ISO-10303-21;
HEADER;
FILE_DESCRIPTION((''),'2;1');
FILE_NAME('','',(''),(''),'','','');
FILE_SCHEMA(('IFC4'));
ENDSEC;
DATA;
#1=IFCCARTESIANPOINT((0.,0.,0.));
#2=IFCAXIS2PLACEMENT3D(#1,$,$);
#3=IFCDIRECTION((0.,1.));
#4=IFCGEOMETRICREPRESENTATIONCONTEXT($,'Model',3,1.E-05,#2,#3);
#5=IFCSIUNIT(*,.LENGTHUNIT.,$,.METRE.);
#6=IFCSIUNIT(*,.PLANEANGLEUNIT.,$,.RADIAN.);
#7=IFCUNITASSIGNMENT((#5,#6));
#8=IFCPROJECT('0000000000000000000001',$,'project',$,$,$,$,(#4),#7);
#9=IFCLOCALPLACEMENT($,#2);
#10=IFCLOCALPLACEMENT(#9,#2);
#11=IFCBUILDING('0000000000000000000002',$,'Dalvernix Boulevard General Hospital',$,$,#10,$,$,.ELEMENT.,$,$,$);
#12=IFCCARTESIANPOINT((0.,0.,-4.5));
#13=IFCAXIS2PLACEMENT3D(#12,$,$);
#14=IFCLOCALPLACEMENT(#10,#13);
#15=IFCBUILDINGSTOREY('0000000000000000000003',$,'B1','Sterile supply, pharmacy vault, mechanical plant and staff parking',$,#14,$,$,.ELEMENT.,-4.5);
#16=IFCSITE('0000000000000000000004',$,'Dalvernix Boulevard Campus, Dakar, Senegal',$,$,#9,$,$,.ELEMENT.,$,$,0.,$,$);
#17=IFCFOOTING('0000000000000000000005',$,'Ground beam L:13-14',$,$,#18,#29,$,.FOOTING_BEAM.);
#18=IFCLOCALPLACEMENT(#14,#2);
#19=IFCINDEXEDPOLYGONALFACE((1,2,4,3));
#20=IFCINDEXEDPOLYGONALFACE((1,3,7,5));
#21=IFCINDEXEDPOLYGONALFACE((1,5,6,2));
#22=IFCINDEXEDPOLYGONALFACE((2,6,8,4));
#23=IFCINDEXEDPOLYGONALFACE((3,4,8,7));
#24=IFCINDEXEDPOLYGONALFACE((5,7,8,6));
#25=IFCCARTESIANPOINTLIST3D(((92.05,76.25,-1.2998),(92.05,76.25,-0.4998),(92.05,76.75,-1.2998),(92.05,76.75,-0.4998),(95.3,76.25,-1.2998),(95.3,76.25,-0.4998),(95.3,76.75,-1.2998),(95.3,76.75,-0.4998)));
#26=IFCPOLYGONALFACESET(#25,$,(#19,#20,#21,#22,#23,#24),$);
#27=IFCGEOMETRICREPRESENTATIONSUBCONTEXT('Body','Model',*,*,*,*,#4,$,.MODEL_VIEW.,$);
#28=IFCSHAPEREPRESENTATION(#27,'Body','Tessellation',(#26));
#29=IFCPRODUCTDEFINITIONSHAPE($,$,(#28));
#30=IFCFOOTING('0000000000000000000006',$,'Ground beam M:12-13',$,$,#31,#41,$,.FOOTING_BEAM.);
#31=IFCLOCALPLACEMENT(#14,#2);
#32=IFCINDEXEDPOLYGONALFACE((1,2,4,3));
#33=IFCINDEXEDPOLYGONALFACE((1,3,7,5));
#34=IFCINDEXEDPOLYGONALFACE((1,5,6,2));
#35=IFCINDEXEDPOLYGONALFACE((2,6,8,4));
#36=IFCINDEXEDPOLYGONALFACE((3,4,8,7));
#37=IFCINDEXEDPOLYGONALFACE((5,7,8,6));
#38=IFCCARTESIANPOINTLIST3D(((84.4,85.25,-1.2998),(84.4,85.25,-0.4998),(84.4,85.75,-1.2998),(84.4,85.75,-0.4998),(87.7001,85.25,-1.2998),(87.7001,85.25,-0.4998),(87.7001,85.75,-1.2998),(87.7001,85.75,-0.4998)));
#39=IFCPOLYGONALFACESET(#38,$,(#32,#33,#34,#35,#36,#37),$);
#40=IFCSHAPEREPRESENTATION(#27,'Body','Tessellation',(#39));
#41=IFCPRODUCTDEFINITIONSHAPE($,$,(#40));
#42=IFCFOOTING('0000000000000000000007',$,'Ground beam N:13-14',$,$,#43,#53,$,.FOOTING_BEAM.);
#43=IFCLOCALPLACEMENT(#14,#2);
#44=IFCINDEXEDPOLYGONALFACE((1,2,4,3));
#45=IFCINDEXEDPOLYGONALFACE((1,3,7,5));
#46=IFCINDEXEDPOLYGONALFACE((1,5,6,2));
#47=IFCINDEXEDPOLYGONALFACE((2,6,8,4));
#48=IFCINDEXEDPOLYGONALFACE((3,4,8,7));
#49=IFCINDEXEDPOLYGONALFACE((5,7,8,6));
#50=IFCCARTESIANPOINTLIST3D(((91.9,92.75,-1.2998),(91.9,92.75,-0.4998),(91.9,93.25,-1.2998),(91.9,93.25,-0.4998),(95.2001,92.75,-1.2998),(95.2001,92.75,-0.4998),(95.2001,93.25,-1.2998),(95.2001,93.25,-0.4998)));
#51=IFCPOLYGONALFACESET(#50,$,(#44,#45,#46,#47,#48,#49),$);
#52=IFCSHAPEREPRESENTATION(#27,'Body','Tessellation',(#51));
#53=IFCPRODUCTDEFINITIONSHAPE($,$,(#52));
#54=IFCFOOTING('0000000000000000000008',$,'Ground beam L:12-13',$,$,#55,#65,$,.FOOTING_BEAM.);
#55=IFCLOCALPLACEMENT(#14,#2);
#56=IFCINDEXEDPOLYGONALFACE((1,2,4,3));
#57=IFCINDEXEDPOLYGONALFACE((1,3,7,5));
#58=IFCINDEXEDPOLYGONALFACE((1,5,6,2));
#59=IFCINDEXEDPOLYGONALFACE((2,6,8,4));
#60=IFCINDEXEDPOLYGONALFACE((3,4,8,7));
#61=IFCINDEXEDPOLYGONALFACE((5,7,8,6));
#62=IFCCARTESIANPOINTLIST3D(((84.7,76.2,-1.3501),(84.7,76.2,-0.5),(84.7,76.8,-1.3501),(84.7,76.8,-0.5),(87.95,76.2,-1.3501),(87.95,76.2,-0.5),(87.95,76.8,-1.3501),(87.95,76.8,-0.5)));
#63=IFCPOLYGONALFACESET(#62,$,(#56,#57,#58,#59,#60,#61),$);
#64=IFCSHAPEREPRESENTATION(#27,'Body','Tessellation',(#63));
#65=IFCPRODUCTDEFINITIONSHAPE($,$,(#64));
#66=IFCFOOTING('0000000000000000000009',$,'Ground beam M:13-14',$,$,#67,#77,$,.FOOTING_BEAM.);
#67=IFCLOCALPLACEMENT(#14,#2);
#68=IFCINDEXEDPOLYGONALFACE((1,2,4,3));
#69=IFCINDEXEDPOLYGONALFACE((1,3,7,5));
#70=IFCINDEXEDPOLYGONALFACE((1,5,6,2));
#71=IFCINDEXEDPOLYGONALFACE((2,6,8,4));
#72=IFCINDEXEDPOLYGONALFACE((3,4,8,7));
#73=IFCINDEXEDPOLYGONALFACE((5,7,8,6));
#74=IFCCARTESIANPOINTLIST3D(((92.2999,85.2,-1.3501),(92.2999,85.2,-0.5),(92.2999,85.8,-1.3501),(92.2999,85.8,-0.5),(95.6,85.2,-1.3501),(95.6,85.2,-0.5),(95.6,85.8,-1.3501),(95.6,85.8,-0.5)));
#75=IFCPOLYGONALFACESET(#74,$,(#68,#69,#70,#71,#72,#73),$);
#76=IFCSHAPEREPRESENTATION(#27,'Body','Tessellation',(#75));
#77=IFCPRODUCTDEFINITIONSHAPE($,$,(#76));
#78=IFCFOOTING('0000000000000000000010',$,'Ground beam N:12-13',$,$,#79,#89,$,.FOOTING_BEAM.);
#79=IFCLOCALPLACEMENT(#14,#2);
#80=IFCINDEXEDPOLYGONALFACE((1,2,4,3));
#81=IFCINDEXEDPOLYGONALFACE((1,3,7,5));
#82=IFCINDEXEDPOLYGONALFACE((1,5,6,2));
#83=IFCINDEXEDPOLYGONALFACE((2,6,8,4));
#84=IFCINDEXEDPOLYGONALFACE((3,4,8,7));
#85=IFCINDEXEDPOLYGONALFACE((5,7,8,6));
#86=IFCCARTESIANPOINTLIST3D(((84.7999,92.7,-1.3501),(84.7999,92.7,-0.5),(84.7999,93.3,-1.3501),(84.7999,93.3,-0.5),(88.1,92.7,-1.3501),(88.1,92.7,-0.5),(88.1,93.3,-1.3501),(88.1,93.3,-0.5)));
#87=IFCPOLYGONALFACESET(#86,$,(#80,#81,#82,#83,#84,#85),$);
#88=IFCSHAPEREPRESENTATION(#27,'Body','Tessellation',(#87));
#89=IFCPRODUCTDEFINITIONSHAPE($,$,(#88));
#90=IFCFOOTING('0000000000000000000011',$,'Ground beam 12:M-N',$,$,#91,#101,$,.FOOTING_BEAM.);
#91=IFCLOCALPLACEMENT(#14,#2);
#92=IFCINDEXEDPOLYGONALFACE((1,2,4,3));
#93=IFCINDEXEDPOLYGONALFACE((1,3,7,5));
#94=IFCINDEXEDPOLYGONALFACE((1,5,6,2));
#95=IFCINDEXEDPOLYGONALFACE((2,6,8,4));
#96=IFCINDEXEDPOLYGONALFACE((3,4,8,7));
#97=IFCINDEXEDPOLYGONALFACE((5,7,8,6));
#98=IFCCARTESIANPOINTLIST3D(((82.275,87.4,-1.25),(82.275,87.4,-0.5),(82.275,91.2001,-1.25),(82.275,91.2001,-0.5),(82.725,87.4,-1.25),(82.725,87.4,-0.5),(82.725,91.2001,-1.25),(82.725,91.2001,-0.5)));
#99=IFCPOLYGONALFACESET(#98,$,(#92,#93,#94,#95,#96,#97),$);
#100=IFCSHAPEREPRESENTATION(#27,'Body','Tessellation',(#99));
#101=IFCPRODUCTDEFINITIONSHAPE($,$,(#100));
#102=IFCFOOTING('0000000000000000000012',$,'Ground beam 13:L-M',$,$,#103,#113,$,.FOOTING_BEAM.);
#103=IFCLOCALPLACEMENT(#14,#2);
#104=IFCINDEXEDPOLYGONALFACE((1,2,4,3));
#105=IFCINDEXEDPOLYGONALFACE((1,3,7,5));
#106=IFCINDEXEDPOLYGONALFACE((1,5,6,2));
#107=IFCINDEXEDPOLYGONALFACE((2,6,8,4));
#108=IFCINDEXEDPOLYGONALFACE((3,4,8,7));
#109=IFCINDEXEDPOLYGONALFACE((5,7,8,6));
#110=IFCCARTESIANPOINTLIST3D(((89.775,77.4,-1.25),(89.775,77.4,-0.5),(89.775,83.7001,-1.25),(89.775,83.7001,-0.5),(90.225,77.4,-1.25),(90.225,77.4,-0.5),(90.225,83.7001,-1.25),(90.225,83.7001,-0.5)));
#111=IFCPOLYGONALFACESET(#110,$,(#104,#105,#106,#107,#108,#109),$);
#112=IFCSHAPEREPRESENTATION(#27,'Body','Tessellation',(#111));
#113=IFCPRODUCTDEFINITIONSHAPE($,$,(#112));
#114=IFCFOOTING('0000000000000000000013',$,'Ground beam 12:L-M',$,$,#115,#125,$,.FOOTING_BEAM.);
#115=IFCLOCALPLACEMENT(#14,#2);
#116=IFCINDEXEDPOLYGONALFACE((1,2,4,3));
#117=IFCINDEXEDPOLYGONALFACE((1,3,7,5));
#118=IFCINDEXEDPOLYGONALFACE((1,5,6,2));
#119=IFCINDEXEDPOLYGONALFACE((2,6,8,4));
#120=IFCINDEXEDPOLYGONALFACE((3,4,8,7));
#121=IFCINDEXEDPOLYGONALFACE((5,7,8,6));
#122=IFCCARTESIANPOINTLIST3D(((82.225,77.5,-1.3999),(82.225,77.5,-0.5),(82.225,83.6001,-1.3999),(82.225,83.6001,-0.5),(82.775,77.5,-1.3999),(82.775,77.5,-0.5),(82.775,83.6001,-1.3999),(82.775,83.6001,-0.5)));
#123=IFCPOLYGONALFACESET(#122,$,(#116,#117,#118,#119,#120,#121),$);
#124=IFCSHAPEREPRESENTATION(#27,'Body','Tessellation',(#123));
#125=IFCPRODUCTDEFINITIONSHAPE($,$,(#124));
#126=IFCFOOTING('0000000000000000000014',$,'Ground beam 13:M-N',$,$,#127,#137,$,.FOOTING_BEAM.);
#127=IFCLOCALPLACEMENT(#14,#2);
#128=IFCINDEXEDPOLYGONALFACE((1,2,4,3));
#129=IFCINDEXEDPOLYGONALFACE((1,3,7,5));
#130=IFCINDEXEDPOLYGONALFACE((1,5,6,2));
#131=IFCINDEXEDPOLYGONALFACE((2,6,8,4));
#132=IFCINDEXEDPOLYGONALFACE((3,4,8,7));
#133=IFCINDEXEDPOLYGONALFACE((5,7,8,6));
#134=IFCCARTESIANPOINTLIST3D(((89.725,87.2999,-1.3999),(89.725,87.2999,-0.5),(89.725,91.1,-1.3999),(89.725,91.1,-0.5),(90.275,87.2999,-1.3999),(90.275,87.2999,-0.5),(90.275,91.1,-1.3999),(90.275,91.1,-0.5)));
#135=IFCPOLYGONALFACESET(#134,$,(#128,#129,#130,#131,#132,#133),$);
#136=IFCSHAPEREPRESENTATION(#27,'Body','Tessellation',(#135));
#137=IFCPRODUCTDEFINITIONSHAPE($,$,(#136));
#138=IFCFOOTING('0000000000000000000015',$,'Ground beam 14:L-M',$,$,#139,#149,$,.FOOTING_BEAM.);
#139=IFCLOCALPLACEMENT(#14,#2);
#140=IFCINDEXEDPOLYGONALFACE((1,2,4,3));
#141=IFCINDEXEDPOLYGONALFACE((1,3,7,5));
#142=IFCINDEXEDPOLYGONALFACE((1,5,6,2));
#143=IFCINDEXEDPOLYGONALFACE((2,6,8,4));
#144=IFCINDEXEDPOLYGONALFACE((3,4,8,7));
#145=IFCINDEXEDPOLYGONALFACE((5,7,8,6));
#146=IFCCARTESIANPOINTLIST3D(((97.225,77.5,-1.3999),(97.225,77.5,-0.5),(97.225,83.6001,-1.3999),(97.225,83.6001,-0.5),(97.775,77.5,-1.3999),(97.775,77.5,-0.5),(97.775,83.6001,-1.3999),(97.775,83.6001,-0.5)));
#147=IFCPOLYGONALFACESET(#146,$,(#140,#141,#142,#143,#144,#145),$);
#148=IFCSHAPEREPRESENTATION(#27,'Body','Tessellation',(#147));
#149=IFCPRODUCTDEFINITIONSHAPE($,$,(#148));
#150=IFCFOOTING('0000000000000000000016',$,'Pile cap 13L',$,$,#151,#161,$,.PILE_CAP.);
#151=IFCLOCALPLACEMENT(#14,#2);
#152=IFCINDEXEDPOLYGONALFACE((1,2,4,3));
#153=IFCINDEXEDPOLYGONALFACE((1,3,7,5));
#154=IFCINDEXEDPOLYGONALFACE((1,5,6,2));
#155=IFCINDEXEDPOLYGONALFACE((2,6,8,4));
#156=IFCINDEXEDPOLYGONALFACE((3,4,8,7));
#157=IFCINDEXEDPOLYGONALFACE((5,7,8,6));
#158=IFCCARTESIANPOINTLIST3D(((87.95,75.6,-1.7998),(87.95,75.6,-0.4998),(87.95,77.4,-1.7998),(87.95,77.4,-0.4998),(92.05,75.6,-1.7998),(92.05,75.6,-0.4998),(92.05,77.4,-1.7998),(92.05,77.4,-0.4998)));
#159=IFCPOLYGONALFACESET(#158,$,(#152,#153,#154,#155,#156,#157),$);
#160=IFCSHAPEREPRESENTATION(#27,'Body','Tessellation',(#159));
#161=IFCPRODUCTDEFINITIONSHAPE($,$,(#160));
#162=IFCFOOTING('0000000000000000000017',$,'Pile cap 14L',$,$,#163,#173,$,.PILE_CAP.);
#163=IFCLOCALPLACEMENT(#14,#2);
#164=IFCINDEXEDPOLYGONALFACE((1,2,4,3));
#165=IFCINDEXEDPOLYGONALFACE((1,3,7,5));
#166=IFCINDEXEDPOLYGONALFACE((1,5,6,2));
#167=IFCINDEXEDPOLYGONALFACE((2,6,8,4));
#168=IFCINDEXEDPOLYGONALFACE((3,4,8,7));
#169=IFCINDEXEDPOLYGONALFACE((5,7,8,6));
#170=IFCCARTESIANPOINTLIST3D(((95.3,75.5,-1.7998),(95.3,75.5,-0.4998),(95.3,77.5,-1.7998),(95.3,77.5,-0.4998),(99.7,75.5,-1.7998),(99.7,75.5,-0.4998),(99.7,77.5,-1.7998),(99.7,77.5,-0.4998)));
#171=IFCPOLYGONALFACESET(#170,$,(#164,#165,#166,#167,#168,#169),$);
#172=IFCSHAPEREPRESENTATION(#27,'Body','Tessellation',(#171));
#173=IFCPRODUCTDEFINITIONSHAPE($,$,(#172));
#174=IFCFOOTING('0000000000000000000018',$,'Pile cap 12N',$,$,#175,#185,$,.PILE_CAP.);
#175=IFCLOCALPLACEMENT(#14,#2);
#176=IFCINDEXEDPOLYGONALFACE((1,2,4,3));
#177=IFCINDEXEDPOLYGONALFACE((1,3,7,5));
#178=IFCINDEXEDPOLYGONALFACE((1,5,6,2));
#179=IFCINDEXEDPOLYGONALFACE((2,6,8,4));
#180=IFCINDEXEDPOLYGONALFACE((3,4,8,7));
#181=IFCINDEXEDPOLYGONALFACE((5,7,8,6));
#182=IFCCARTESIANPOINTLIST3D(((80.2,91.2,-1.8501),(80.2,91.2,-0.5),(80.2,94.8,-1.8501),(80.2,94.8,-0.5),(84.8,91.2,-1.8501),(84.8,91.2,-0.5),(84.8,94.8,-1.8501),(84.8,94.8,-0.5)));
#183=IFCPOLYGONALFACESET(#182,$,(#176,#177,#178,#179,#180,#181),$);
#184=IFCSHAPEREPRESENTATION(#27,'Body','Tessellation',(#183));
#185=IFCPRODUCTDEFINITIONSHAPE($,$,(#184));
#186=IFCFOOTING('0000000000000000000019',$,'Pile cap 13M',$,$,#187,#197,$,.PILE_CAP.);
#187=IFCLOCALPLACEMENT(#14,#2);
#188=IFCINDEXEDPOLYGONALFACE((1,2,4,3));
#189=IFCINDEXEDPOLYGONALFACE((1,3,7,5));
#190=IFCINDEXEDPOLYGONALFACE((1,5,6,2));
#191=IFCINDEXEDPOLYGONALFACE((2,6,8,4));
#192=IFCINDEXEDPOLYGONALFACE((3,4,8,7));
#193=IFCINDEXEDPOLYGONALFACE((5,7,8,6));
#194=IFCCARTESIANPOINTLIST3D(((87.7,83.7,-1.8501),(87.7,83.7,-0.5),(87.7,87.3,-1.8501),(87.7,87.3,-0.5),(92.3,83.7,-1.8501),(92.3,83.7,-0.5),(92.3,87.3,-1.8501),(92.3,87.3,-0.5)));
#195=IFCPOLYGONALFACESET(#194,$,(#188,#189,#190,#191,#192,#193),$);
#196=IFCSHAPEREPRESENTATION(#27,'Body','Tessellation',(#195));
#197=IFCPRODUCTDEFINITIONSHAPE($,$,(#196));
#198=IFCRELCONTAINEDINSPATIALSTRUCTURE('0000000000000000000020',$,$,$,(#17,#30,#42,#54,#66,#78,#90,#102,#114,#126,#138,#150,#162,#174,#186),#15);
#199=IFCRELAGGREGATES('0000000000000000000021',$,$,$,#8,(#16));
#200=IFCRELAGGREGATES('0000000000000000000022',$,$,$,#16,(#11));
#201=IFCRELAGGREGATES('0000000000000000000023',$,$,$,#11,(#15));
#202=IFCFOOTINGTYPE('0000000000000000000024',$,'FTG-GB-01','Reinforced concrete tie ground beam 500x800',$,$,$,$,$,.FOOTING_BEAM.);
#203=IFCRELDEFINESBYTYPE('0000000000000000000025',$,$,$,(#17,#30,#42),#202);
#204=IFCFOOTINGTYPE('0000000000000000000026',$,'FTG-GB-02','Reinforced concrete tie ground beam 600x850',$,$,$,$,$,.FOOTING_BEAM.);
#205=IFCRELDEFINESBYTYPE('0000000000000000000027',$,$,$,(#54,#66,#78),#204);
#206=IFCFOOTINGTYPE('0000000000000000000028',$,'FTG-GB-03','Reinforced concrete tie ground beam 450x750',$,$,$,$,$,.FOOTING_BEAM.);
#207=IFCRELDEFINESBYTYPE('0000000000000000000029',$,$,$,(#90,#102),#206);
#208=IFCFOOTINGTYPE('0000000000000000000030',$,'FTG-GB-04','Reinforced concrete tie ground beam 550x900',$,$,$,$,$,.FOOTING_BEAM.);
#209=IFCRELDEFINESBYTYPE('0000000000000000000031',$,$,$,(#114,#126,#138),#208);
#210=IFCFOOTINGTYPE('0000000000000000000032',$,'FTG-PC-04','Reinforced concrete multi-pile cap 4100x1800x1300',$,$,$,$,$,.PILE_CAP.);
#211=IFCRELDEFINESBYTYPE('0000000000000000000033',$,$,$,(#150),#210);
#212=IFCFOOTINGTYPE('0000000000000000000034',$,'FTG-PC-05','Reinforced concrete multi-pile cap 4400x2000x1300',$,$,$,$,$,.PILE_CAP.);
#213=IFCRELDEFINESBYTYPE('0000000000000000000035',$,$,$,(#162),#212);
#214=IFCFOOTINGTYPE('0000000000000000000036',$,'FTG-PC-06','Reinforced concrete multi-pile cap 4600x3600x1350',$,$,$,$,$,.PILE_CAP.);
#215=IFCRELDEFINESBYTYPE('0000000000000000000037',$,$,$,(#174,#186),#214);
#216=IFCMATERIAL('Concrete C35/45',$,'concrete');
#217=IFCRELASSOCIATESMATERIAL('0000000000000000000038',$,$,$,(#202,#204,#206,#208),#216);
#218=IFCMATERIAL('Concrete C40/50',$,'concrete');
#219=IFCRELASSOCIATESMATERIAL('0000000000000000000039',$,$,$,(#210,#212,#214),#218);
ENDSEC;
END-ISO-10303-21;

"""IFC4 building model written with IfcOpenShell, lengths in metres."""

from ifc_helpers import new_model, si_unit, direction, frame, origin, origin_2d, place, context, subcontext, project, spatial, rectangle, extrude, material, type_object, element, save


model = new_model("IFC4")

# Units and contexts
model_context = context("Model", 3, precision=1e-05, world=origin(), true_north=direction((0.0, 1.0)))
body_context = subcontext(model_context, "Body", "Model", "MODEL_VIEW")
ifc_project = project(units=[si_unit("LENGTHUNIT", "METRE"), si_unit("PLANEANGLEUNIT", "RADIAN")], contexts=[model_context])

# Site, building, storey
site_placement = place(None, origin())
site = spatial("IfcSite", under=ifc_project, at=site_placement, Name="Dalvernix Boulevard Campus, Dakar, Senegal", CompositionType="ELEMENT", RefElevation=0.0)
building_placement = place(site_placement, origin())
building = spatial("IfcBuilding", under=site, at=building_placement, Name="Dalvernix Boulevard General Hospital", CompositionType="ELEMENT")
storey_placement = place(building_placement, frame((0.0, 0.0, -4.5)))
storey = spatial("IfcBuildingStorey", under=building, at=storey_placement, Name="B1", Description="Sterile supply, pharmacy vault, mechanical plant and staff parking", CompositionType="ELEMENT", Elevation=-4.5)

# Footings
ifc_material_1 = material(Name="Concrete C35/45", Category="concrete")
footing_type_1 = type_object("IfcFootingType", Name="FTG-GB-01", Description="Reinforced concrete tie ground beam 500x800", PredefinedType="FOOTING_BEAM", material=ifc_material_1)
footing_1_placement = place(storey_placement, frame((93.675, 76.5, -1.2998), z_axis=(0.0, 0.0, 1.0), x_axis=(1.0, 0.0, 0.0)))
element("IfcFooting", 1, at=footing_1_placement, inside=storey, type_object=footing_type_1, Name="Ground beam L:13-14", PredefinedType="FOOTING_BEAM", context=body_context, shape_type="SweptSolid", body=[
    extrude(rectangle(XDim=3.25, YDim=0.5, at=origin_2d()), origin(), (0.0, 0.0, 1.0), 0.8),
])
for number, where, z_axis, x_axis, name in (
    (2, (86.05, 85.5, -1.2998), (0.0, 0.0, 1.0), (1.0, 0.0, 0.0), "Ground beam M:12-13"),
    (3, (93.55, 93.0, -1.2998), (0.0, 0.0, 1.0), (1.0, 0.0, 0.0), "Ground beam N:13-14"),
):
    element("IfcFooting", number, at=place(storey_placement, frame(where, z_axis=z_axis, x_axis=x_axis)), inside=storey, type_object=footing_type_1, Name=name, PredefinedType="FOOTING_BEAM", context=body_context, shape_type="SweptSolid", body=[
        extrude(rectangle(XDim=3.3, YDim=0.5, at=origin_2d()), origin(), (0.0, 0.0, 1.0), 0.8),
    ])
footing_type_2 = type_object("IfcFootingType", Name="FTG-GB-02", Description="Reinforced concrete tie ground beam 600x850", PredefinedType="FOOTING_BEAM", material=ifc_material_1)
footing_2_placement = place(storey_placement, frame((86.325, 76.5, -1.3501), z_axis=(0.0, 0.0, 1.0), x_axis=(1.0, 0.0, 0.0)))
element("IfcFooting", 4, at=footing_2_placement, inside=storey, type_object=footing_type_2, Name="Ground beam L:12-13", PredefinedType="FOOTING_BEAM", context=body_context, shape_type="SweptSolid", body=[
    extrude(rectangle(XDim=3.25, YDim=0.6001, at=origin_2d()), origin(), (0.0, 0.0, 1.0), 0.8501),
])
for number, where, z_axis, x_axis, name in (
    (5, (93.95, 85.5, -1.3501), (0.0, 0.0, 1.0), (1.0, 0.0, 0.0), "Ground beam M:13-14"),
    (6, (86.45, 93.0, -1.3501), (0.0, 0.0, 1.0), (1.0, 0.0, 0.0), "Ground beam N:12-13"),
):
    element("IfcFooting", number, at=place(storey_placement, frame(where, z_axis=z_axis, x_axis=x_axis)), inside=storey, type_object=footing_type_2, Name=name, PredefinedType="FOOTING_BEAM", context=body_context, shape_type="SweptSolid", body=[
        extrude(rectangle(XDim=3.3, YDim=0.6001, at=origin_2d()), origin(), (0.0, 0.0, 1.0), 0.8501),
    ])
footing_type_3 = type_object("IfcFootingType", Name="FTG-GB-03", Description="Reinforced concrete tie ground beam 450x750", PredefinedType="FOOTING_BEAM", material=ifc_material_1)
footing_3_placement = place(storey_placement, frame((82.5, 89.3, -1.25), z_axis=(0.0, 0.0, 1.0), x_axis=(0.0, 1.0, 0.0)))
element("IfcFooting", 7, at=footing_3_placement, inside=storey, type_object=footing_type_3, Name="Ground beam 12:M-N", PredefinedType="FOOTING_BEAM", context=body_context, shape_type="SweptSolid", body=[
    extrude(rectangle(XDim=3.8, YDim=0.45, at=origin_2d()), origin(), (0.0, 0.0, 1.0), 0.75),
])
footing_4_placement = place(storey_placement, frame((90.0, 80.55, -1.25), z_axis=(0.0, 0.0, 1.0), x_axis=(0.0, 1.0, 0.0)))
element("IfcFooting", 8, at=footing_4_placement, inside=storey, type_object=footing_type_3, Name="Ground beam 13:L-M", PredefinedType="FOOTING_BEAM", context=body_context, shape_type="SweptSolid", body=[
    extrude(rectangle(XDim=6.3, YDim=0.45, at=origin_2d()), origin(), (0.0, 0.0, 1.0), 0.75),
])
footing_type_4 = type_object("IfcFootingType", Name="FTG-GB-04", Description="Reinforced concrete tie ground beam 550x900", PredefinedType="FOOTING_BEAM", material=ifc_material_1)
footing_5_placement = place(storey_placement, frame((82.5, 80.55, -1.3999), z_axis=(0.0, 0.0, 1.0), x_axis=(0.0, 1.0, 0.0)))
element("IfcFooting", 9, at=footing_5_placement, inside=storey, type_object=footing_type_4, Name="Ground beam 12:L-M", PredefinedType="FOOTING_BEAM", context=body_context, shape_type="SweptSolid", body=[
    extrude(rectangle(XDim=6.1001, YDim=0.55, at=origin_2d()), origin(), (0.0, 0.0, 1.0), 0.8999),
])
footing_6_placement = place(storey_placement, frame((90.0, 89.2, -1.3999), z_axis=(0.0, 0.0, 1.0), x_axis=(0.0, 1.0, 0.0)))
element("IfcFooting", 10, at=footing_6_placement, inside=storey, type_object=footing_type_4, Name="Ground beam 13:M-N", PredefinedType="FOOTING_BEAM", context=body_context, shape_type="SweptSolid", body=[
    extrude(rectangle(XDim=3.8, YDim=0.55, at=origin_2d()), origin(), (0.0, 0.0, 1.0), 0.8999),
])
footing_7_placement = place(storey_placement, frame((97.5, 80.55, -1.3999), z_axis=(0.0, 0.0, 1.0), x_axis=(0.0, 1.0, 0.0)))
element("IfcFooting", 11, at=footing_7_placement, inside=storey, type_object=footing_type_4, Name="Ground beam 14:L-M", PredefinedType="FOOTING_BEAM", context=body_context, shape_type="SweptSolid", body=[
    extrude(rectangle(XDim=6.1001, YDim=0.55, at=origin_2d()), origin(), (0.0, 0.0, 1.0), 0.8999),
])
ifc_material_2 = material(Name="Concrete C40/50", Category="concrete")
footing_type_5 = type_object("IfcFootingType", Name="FTG-PC-04", Description="Reinforced concrete multi-pile cap 4100x1800x1300", PredefinedType="PILE_CAP", material=ifc_material_2)
footing_8_placement = place(storey_placement, frame((90.0, 76.5, -1.7998), z_axis=(0.0, 0.0, 1.0), x_axis=(1.0, 0.0, 0.0)))
element("IfcFooting", 12, at=footing_8_placement, inside=storey, type_object=footing_type_5, Name="Pile cap 13L", PredefinedType="PILE_CAP", context=body_context, shape_type="SweptSolid", body=[
    extrude(rectangle(XDim=4.1001, YDim=1.8, at=origin_2d()), origin(), (0.0, 0.0, 1.0), 1.3),
])
footing_type_6 = type_object("IfcFootingType", Name="FTG-PC-05", Description="Reinforced concrete multi-pile cap 4400x2000x1300", PredefinedType="PILE_CAP", material=ifc_material_2)
footing_9_placement = place(storey_placement, frame((97.5, 76.5, -1.7998), z_axis=(0.0, 0.0, 1.0), x_axis=(1.0, 0.0, 0.0)))
element("IfcFooting", 13, at=footing_9_placement, inside=storey, type_object=footing_type_6, Name="Pile cap 14L", PredefinedType="PILE_CAP", context=body_context, shape_type="SweptSolid", body=[
    extrude(rectangle(XDim=4.3999, YDim=2.0, at=origin_2d()), origin(), (0.0, 0.0, 1.0), 1.3),
])
footing_type_7 = type_object("IfcFootingType", Name="FTG-PC-06", Description="Reinforced concrete multi-pile cap 4600x3600x1350", PredefinedType="PILE_CAP", material=ifc_material_2)
for number, where, z_axis, x_axis, name in (
    (14, (82.5, 93.0, -1.8501), (0.0, 0.0, 1.0), (1.0, 0.0, 0.0), "Pile cap 12N"),
    (15, (90.0, 85.5, -1.8501), (0.0, 0.0, 1.0), (1.0, 0.0, 0.0), "Pile cap 13M"),
):
    element("IfcFooting", number, at=place(storey_placement, frame(where, z_axis=z_axis, x_axis=x_axis)), inside=storey, type_object=footing_type_7, Name=name, PredefinedType="PILE_CAP", context=body_context, shape_type="SweptSolid", body=[
        extrude(rectangle(XDim=4.6001, YDim=3.6001, at=origin_2d()), origin(), (0.0, 0.0, 1.0), 1.3501),
    ])

save(model, "model.ifc")
